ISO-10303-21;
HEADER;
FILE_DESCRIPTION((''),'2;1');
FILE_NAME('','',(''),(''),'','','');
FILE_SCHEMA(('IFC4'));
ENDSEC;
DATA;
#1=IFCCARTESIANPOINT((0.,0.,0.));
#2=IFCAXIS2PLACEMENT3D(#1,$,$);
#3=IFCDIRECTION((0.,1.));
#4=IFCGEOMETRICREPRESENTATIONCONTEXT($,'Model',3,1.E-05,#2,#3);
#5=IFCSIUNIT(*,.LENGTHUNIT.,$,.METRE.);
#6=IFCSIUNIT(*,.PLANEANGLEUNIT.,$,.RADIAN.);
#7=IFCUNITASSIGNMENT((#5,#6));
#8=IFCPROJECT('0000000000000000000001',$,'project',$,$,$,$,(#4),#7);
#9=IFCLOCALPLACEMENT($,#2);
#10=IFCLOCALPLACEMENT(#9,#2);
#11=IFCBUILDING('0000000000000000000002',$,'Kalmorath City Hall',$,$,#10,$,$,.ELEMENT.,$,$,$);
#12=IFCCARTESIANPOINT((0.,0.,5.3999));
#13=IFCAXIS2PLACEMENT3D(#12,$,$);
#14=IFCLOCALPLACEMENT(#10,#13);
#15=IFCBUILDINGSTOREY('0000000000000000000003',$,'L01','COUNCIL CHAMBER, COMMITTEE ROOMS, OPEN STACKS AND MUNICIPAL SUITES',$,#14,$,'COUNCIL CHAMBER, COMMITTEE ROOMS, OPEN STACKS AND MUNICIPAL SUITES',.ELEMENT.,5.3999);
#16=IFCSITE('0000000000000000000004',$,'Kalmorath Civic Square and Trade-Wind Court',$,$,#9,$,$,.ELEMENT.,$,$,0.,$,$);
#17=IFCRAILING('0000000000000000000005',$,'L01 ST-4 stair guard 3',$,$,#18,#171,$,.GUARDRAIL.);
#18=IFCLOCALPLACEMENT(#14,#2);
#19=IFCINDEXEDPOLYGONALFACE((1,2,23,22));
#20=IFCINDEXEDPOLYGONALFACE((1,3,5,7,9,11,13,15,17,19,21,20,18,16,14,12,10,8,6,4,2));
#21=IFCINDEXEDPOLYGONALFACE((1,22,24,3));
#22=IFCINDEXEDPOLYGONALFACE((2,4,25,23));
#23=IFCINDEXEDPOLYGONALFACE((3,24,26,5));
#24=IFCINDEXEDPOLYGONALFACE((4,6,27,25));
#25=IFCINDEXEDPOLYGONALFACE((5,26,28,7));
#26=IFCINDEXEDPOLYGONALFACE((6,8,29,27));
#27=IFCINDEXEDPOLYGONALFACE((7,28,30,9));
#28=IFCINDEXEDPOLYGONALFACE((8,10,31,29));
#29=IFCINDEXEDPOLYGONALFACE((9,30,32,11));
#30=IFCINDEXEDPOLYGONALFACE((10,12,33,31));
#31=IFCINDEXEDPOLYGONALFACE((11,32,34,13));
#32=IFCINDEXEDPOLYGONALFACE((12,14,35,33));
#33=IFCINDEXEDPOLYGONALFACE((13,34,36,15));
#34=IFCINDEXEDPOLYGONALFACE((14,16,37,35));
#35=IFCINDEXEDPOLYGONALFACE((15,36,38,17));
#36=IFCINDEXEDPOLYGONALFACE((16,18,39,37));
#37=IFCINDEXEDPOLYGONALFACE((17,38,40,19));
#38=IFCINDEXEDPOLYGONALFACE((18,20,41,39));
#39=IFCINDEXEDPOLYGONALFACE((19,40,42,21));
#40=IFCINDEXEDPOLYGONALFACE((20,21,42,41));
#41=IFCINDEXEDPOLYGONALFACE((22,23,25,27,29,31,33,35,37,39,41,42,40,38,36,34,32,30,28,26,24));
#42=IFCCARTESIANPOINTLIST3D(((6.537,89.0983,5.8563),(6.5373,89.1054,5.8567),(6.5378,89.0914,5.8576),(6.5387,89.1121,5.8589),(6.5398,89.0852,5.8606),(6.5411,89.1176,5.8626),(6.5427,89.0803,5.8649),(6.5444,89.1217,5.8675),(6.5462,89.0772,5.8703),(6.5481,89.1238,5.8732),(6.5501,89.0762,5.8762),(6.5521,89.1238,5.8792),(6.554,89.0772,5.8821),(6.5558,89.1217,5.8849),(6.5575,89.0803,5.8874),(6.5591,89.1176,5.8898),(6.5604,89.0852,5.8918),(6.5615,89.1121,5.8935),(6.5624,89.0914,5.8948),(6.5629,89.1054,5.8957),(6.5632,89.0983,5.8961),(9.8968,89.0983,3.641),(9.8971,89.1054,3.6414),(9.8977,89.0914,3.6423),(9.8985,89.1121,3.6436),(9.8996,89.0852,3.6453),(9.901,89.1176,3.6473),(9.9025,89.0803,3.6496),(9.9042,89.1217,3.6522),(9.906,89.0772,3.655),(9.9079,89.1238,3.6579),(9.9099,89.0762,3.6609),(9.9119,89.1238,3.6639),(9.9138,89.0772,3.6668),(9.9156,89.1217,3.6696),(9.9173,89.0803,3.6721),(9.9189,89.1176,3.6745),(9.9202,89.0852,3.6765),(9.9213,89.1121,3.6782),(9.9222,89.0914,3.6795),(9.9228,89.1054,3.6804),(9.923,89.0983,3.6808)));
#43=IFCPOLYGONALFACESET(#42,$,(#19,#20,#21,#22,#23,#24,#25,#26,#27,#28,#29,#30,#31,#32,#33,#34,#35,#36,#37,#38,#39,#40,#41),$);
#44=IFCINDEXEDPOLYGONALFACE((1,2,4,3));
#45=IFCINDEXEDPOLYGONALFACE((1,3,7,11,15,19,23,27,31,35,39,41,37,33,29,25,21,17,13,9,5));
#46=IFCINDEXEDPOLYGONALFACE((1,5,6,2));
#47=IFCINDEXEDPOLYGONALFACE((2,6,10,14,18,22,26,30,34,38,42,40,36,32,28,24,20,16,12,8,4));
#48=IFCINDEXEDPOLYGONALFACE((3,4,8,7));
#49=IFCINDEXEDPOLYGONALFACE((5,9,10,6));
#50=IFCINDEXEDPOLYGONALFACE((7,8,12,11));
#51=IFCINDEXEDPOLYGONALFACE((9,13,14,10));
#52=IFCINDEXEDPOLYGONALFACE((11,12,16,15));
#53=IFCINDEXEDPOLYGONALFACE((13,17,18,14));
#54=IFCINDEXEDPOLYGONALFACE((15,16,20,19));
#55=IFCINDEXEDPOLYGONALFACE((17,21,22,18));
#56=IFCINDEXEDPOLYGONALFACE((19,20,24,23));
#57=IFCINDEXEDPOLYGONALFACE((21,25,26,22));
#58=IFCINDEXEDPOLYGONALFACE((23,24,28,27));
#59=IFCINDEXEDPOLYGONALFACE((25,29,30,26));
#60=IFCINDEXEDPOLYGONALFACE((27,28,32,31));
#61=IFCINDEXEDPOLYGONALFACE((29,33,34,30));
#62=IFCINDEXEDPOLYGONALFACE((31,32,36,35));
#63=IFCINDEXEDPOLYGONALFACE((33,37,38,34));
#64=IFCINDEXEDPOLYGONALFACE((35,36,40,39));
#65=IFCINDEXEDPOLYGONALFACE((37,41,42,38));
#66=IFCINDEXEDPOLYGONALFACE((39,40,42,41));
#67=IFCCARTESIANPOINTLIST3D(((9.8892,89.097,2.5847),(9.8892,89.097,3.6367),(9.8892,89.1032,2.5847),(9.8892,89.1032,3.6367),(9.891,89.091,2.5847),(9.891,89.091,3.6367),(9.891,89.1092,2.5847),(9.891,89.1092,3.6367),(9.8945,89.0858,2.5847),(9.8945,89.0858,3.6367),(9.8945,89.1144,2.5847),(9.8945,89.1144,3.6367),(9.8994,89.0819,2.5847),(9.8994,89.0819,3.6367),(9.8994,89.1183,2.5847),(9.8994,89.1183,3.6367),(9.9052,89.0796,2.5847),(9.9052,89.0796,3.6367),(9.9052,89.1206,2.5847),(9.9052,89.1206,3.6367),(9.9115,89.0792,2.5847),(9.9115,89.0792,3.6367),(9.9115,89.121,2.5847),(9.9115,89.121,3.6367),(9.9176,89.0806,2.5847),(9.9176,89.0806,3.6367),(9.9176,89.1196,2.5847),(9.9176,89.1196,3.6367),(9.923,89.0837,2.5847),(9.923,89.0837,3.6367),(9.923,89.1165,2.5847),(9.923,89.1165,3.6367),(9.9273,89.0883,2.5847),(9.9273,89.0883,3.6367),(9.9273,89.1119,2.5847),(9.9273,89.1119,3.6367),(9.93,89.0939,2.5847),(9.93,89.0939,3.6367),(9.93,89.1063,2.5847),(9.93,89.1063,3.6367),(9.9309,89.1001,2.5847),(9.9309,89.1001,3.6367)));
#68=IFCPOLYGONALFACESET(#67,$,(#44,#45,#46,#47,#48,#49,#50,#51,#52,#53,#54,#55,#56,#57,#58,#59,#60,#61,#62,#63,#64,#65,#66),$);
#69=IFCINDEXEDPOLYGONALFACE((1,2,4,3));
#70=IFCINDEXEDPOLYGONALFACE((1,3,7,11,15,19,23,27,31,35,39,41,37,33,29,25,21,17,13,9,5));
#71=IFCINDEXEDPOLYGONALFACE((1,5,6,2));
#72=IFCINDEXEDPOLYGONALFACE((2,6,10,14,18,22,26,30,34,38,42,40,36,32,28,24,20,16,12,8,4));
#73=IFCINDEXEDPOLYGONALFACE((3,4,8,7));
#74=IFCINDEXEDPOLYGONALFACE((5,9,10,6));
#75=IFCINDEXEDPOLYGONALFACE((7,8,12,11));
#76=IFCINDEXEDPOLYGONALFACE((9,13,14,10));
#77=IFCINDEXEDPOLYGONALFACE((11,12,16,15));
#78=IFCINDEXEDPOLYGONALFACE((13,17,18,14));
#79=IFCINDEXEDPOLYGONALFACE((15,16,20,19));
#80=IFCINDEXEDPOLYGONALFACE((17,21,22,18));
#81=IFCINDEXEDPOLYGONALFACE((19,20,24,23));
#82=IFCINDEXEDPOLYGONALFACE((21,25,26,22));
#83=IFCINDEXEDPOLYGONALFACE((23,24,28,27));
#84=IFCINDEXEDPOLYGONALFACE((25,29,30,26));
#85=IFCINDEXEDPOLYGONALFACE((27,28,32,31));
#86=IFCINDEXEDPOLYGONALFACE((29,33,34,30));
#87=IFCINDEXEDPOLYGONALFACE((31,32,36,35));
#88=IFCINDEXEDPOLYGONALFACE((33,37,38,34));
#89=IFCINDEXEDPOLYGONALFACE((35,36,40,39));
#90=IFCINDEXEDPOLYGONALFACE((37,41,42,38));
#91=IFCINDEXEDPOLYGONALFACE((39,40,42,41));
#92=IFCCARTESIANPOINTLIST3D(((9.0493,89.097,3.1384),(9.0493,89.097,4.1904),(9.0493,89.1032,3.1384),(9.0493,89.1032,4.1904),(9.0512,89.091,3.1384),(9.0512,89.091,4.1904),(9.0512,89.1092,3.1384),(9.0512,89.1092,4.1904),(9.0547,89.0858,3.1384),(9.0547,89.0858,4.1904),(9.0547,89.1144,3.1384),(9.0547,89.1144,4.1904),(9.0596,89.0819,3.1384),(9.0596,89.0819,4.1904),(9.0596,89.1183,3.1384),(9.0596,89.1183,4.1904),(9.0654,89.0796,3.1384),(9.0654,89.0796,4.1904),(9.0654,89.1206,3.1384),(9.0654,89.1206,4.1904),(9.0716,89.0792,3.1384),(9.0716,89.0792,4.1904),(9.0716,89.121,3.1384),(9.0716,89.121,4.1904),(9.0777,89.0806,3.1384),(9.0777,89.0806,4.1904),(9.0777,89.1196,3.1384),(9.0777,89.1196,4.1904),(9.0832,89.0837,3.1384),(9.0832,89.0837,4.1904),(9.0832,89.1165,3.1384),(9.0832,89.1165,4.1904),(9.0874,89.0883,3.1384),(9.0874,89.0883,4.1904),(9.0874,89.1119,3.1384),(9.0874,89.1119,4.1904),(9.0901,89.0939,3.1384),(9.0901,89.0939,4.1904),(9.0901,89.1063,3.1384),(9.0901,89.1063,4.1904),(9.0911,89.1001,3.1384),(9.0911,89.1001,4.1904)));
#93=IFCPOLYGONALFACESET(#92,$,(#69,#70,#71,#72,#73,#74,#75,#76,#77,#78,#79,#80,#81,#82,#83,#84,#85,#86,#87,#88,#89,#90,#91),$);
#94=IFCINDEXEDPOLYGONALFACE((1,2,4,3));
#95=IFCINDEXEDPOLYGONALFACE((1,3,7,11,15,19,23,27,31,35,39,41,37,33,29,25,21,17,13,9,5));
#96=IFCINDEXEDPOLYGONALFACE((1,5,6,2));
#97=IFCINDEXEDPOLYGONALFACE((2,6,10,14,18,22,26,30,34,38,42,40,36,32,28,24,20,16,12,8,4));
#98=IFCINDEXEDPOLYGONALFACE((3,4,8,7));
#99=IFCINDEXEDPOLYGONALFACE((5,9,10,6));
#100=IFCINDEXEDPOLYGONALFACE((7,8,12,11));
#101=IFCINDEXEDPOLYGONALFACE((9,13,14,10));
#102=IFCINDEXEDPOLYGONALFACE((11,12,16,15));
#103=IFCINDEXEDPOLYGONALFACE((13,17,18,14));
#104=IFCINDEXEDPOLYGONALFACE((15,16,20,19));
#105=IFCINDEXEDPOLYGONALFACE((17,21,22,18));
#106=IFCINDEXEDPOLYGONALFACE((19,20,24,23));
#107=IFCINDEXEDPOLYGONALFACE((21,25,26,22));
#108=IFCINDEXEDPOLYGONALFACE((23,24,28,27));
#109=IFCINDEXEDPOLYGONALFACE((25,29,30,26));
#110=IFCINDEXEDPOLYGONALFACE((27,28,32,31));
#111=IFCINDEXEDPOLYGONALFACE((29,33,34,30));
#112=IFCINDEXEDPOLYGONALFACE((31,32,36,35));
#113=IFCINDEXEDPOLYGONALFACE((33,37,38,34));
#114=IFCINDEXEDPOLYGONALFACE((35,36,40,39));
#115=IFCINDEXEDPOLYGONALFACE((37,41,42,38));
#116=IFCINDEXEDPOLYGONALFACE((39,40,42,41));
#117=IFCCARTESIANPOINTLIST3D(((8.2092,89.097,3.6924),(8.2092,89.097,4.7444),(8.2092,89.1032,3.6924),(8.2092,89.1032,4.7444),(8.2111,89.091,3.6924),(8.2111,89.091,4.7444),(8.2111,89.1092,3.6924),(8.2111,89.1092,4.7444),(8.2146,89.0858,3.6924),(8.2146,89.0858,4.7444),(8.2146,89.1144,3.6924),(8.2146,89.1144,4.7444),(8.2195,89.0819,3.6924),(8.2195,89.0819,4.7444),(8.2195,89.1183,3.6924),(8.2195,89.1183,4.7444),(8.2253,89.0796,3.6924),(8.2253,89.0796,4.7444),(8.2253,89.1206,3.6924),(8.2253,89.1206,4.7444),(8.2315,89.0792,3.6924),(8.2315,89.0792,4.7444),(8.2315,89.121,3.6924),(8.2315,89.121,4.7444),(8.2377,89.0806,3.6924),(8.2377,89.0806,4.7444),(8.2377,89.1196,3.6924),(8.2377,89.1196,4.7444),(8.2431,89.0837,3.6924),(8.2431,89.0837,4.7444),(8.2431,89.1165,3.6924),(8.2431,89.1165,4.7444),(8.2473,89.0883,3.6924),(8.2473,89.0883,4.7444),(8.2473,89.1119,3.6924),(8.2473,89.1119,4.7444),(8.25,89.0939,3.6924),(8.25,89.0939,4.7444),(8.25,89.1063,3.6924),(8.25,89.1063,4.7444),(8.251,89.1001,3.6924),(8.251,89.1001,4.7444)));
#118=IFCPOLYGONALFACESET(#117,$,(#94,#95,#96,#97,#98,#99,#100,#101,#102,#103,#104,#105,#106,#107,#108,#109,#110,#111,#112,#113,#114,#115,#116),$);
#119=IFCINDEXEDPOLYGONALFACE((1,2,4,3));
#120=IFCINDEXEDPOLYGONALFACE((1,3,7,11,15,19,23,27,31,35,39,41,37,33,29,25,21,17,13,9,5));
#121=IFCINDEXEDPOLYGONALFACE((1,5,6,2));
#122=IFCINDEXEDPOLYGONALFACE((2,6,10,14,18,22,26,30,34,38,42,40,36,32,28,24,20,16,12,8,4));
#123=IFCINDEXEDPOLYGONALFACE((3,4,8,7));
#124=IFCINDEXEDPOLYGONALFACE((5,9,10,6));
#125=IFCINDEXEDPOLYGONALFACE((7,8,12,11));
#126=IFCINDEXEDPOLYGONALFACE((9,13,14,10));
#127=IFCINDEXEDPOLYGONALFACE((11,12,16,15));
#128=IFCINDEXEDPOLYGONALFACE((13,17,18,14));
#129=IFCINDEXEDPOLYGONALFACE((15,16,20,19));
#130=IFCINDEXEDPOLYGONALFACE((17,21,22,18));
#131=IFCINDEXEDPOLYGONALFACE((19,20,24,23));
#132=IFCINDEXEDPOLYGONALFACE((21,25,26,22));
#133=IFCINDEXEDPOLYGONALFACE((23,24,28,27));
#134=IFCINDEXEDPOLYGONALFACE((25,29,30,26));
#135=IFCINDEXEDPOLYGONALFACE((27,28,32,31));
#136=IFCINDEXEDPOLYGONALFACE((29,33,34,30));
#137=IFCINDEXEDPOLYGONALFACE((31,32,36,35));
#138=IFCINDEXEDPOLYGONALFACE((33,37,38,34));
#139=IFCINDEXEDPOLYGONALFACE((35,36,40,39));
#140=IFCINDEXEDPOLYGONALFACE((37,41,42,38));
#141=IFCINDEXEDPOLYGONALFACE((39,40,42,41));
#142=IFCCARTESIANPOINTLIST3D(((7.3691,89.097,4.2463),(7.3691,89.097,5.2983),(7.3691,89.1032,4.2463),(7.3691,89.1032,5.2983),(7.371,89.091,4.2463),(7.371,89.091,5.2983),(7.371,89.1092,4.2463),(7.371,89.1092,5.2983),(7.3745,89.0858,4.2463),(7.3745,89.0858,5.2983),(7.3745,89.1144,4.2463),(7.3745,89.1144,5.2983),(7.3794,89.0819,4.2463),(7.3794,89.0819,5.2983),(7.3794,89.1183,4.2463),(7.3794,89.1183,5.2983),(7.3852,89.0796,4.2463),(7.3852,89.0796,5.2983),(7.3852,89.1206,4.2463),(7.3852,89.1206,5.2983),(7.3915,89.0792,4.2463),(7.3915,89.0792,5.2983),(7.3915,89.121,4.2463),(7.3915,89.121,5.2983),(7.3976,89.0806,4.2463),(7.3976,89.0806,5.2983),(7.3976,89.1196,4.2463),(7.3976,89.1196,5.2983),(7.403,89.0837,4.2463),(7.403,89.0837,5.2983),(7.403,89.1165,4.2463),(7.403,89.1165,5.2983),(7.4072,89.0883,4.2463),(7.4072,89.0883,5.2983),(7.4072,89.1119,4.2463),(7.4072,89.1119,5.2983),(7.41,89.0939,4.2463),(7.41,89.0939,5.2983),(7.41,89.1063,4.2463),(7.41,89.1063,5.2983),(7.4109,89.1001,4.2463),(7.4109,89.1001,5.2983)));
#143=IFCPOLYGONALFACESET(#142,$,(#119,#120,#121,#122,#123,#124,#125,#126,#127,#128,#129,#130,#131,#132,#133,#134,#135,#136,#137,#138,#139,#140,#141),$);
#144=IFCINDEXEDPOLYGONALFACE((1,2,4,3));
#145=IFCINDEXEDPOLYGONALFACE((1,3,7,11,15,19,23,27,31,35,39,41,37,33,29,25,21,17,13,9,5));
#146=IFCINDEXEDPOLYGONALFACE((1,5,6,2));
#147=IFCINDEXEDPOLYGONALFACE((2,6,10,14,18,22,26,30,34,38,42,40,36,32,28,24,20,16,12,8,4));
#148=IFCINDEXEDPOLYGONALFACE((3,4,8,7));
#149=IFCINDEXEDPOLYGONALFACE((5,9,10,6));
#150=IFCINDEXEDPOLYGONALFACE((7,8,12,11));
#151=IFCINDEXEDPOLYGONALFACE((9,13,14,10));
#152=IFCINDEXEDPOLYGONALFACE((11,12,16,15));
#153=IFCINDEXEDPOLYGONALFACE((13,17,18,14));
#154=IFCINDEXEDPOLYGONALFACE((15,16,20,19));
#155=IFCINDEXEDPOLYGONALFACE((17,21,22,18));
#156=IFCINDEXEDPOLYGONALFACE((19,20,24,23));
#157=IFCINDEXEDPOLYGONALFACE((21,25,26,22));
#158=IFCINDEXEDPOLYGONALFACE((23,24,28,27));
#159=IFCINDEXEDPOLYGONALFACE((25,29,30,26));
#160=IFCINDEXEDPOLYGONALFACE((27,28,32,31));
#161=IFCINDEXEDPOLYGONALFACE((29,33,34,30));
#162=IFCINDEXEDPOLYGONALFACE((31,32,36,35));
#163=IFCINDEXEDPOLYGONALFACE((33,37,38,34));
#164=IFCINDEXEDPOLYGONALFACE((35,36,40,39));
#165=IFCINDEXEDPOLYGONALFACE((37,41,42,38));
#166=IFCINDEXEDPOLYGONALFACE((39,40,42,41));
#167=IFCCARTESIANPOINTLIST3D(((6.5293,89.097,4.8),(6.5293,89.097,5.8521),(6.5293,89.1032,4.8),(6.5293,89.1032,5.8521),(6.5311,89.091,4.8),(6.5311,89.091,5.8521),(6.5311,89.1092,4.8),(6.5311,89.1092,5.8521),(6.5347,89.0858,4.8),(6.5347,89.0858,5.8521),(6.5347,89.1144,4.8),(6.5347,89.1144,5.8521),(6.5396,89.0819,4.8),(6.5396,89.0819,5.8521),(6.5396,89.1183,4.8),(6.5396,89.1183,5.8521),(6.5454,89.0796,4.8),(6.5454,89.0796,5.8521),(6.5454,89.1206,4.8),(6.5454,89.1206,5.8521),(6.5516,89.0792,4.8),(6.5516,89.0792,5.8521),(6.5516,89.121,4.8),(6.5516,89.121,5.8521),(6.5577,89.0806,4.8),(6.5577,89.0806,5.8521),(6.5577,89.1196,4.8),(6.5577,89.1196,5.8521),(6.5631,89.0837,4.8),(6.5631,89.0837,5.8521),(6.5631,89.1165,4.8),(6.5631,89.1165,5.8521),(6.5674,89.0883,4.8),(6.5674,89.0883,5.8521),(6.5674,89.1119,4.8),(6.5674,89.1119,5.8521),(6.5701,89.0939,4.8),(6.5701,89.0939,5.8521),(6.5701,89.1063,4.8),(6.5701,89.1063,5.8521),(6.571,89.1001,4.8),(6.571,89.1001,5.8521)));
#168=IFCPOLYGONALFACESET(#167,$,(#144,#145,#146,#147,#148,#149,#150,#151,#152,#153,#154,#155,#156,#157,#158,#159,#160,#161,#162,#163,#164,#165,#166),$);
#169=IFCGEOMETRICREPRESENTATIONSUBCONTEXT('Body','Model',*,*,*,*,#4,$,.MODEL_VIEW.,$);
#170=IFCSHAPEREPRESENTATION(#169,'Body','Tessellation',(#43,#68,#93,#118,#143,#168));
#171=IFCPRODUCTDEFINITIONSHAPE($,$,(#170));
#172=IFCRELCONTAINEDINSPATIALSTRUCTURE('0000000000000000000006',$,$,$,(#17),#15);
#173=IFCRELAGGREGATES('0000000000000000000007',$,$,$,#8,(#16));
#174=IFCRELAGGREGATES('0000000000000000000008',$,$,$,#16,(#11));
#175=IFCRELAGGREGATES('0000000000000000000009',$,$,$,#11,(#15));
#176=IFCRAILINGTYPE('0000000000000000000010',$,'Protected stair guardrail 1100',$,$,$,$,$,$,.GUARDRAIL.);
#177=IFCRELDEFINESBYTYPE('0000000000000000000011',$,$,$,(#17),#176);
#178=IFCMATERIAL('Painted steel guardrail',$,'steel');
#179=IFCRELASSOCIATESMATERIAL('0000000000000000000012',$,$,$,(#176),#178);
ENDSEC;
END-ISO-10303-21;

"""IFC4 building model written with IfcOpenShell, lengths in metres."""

from ifc_helpers import new_model, si_unit, direction, frame, origin, origin_2d, place, context, subcontext, project, spatial, circle, extrude, material, type_object, element, save


model = new_model("IFC4")

# Units and contexts
model_context = context("Model", 3, precision=1e-05, world=origin(), true_north=direction((0.0, 1.0)))
body_context = subcontext(model_context, "Body", "Model", "MODEL_VIEW")
ifc_project = project(units=[si_unit("LENGTHUNIT", "METRE"), si_unit("PLANEANGLEUNIT", "RADIAN")], contexts=[model_context])

# Site, building, storey
site_placement = place(None, origin())
site = spatial("IfcSite", under=ifc_project, at=site_placement, Name="Kalmorath Civic Square and Trade-Wind Court", CompositionType="ELEMENT", RefElevation=0.0)
building_placement = place(site_placement, origin())
building = spatial("IfcBuilding", under=site, at=building_placement, Name="Kalmorath City Hall", CompositionType="ELEMENT")
storey_placement = place(building_placement, frame((0.0, 0.0, 5.3999)))
storey = spatial("IfcBuildingStorey", under=building, at=storey_placement, Name="L01", Description="COUNCIL CHAMBER, COMMITTEE ROOMS, OPEN STACKS AND MUNICIPAL SUITES", LongName="COUNCIL CHAMBER, COMMITTEE ROOMS, OPEN STACKS AND MUNICIPAL SUITES", CompositionType="ELEMENT", Elevation=5.3999)

# Railing
ifc_material_1 = material(Name="Painted steel guardrail", Category="steel")
railing_type_1 = type_object("IfcRailingType", Name="Protected stair guardrail 1100", PredefinedType="GUARDRAIL", material=ifc_material_1)
railing_1_placement = place(storey_placement, frame((9.9099, 89.1001, 2.5847)))
element("IfcRailing", 1, at=railing_1_placement, inside=storey, type_object=railing_type_1, Name="L01 ST-4 stair guard 3", PredefinedType="GUARDRAIL", context=body_context, shape_type="SweptSolid", body=[
    extrude(circle(Radius=0.0239, at=origin_2d()), frame((0.0, 0.0, 1.0762), z_axis=(-0.834858, 0.0, 0.550465), x_axis=(0.0, -1.0, 0.0)), (0.0, 0.0, 1.0), 4.0244),
    extrude(circle(Radius=0.021, at=origin_2d()), origin(), (0.0, 0.0, 1.0), 1.052),
    extrude(circle(Radius=0.021, at=origin_2d()), frame((-0.8398, 0.0, 0.5537)), (0.0, 0.0, 1.0), 1.052),
    extrude(circle(Radius=0.021, at=origin_2d()), frame((-1.6799, 0.0, 1.1077)), (0.0, 0.0, 1.0), 1.052),
    extrude(circle(Radius=0.021, at=origin_2d()), frame((-2.52, 0.0, 1.6616)), (0.0, 0.0, 1.0), 1.052),
    extrude(circle(Radius=0.021, at=origin_2d()), frame((-3.3599, 0.0, 2.2153)), (0.0, 0.0, 1.0), 1.052),
])

save(model, "model.ifc")
